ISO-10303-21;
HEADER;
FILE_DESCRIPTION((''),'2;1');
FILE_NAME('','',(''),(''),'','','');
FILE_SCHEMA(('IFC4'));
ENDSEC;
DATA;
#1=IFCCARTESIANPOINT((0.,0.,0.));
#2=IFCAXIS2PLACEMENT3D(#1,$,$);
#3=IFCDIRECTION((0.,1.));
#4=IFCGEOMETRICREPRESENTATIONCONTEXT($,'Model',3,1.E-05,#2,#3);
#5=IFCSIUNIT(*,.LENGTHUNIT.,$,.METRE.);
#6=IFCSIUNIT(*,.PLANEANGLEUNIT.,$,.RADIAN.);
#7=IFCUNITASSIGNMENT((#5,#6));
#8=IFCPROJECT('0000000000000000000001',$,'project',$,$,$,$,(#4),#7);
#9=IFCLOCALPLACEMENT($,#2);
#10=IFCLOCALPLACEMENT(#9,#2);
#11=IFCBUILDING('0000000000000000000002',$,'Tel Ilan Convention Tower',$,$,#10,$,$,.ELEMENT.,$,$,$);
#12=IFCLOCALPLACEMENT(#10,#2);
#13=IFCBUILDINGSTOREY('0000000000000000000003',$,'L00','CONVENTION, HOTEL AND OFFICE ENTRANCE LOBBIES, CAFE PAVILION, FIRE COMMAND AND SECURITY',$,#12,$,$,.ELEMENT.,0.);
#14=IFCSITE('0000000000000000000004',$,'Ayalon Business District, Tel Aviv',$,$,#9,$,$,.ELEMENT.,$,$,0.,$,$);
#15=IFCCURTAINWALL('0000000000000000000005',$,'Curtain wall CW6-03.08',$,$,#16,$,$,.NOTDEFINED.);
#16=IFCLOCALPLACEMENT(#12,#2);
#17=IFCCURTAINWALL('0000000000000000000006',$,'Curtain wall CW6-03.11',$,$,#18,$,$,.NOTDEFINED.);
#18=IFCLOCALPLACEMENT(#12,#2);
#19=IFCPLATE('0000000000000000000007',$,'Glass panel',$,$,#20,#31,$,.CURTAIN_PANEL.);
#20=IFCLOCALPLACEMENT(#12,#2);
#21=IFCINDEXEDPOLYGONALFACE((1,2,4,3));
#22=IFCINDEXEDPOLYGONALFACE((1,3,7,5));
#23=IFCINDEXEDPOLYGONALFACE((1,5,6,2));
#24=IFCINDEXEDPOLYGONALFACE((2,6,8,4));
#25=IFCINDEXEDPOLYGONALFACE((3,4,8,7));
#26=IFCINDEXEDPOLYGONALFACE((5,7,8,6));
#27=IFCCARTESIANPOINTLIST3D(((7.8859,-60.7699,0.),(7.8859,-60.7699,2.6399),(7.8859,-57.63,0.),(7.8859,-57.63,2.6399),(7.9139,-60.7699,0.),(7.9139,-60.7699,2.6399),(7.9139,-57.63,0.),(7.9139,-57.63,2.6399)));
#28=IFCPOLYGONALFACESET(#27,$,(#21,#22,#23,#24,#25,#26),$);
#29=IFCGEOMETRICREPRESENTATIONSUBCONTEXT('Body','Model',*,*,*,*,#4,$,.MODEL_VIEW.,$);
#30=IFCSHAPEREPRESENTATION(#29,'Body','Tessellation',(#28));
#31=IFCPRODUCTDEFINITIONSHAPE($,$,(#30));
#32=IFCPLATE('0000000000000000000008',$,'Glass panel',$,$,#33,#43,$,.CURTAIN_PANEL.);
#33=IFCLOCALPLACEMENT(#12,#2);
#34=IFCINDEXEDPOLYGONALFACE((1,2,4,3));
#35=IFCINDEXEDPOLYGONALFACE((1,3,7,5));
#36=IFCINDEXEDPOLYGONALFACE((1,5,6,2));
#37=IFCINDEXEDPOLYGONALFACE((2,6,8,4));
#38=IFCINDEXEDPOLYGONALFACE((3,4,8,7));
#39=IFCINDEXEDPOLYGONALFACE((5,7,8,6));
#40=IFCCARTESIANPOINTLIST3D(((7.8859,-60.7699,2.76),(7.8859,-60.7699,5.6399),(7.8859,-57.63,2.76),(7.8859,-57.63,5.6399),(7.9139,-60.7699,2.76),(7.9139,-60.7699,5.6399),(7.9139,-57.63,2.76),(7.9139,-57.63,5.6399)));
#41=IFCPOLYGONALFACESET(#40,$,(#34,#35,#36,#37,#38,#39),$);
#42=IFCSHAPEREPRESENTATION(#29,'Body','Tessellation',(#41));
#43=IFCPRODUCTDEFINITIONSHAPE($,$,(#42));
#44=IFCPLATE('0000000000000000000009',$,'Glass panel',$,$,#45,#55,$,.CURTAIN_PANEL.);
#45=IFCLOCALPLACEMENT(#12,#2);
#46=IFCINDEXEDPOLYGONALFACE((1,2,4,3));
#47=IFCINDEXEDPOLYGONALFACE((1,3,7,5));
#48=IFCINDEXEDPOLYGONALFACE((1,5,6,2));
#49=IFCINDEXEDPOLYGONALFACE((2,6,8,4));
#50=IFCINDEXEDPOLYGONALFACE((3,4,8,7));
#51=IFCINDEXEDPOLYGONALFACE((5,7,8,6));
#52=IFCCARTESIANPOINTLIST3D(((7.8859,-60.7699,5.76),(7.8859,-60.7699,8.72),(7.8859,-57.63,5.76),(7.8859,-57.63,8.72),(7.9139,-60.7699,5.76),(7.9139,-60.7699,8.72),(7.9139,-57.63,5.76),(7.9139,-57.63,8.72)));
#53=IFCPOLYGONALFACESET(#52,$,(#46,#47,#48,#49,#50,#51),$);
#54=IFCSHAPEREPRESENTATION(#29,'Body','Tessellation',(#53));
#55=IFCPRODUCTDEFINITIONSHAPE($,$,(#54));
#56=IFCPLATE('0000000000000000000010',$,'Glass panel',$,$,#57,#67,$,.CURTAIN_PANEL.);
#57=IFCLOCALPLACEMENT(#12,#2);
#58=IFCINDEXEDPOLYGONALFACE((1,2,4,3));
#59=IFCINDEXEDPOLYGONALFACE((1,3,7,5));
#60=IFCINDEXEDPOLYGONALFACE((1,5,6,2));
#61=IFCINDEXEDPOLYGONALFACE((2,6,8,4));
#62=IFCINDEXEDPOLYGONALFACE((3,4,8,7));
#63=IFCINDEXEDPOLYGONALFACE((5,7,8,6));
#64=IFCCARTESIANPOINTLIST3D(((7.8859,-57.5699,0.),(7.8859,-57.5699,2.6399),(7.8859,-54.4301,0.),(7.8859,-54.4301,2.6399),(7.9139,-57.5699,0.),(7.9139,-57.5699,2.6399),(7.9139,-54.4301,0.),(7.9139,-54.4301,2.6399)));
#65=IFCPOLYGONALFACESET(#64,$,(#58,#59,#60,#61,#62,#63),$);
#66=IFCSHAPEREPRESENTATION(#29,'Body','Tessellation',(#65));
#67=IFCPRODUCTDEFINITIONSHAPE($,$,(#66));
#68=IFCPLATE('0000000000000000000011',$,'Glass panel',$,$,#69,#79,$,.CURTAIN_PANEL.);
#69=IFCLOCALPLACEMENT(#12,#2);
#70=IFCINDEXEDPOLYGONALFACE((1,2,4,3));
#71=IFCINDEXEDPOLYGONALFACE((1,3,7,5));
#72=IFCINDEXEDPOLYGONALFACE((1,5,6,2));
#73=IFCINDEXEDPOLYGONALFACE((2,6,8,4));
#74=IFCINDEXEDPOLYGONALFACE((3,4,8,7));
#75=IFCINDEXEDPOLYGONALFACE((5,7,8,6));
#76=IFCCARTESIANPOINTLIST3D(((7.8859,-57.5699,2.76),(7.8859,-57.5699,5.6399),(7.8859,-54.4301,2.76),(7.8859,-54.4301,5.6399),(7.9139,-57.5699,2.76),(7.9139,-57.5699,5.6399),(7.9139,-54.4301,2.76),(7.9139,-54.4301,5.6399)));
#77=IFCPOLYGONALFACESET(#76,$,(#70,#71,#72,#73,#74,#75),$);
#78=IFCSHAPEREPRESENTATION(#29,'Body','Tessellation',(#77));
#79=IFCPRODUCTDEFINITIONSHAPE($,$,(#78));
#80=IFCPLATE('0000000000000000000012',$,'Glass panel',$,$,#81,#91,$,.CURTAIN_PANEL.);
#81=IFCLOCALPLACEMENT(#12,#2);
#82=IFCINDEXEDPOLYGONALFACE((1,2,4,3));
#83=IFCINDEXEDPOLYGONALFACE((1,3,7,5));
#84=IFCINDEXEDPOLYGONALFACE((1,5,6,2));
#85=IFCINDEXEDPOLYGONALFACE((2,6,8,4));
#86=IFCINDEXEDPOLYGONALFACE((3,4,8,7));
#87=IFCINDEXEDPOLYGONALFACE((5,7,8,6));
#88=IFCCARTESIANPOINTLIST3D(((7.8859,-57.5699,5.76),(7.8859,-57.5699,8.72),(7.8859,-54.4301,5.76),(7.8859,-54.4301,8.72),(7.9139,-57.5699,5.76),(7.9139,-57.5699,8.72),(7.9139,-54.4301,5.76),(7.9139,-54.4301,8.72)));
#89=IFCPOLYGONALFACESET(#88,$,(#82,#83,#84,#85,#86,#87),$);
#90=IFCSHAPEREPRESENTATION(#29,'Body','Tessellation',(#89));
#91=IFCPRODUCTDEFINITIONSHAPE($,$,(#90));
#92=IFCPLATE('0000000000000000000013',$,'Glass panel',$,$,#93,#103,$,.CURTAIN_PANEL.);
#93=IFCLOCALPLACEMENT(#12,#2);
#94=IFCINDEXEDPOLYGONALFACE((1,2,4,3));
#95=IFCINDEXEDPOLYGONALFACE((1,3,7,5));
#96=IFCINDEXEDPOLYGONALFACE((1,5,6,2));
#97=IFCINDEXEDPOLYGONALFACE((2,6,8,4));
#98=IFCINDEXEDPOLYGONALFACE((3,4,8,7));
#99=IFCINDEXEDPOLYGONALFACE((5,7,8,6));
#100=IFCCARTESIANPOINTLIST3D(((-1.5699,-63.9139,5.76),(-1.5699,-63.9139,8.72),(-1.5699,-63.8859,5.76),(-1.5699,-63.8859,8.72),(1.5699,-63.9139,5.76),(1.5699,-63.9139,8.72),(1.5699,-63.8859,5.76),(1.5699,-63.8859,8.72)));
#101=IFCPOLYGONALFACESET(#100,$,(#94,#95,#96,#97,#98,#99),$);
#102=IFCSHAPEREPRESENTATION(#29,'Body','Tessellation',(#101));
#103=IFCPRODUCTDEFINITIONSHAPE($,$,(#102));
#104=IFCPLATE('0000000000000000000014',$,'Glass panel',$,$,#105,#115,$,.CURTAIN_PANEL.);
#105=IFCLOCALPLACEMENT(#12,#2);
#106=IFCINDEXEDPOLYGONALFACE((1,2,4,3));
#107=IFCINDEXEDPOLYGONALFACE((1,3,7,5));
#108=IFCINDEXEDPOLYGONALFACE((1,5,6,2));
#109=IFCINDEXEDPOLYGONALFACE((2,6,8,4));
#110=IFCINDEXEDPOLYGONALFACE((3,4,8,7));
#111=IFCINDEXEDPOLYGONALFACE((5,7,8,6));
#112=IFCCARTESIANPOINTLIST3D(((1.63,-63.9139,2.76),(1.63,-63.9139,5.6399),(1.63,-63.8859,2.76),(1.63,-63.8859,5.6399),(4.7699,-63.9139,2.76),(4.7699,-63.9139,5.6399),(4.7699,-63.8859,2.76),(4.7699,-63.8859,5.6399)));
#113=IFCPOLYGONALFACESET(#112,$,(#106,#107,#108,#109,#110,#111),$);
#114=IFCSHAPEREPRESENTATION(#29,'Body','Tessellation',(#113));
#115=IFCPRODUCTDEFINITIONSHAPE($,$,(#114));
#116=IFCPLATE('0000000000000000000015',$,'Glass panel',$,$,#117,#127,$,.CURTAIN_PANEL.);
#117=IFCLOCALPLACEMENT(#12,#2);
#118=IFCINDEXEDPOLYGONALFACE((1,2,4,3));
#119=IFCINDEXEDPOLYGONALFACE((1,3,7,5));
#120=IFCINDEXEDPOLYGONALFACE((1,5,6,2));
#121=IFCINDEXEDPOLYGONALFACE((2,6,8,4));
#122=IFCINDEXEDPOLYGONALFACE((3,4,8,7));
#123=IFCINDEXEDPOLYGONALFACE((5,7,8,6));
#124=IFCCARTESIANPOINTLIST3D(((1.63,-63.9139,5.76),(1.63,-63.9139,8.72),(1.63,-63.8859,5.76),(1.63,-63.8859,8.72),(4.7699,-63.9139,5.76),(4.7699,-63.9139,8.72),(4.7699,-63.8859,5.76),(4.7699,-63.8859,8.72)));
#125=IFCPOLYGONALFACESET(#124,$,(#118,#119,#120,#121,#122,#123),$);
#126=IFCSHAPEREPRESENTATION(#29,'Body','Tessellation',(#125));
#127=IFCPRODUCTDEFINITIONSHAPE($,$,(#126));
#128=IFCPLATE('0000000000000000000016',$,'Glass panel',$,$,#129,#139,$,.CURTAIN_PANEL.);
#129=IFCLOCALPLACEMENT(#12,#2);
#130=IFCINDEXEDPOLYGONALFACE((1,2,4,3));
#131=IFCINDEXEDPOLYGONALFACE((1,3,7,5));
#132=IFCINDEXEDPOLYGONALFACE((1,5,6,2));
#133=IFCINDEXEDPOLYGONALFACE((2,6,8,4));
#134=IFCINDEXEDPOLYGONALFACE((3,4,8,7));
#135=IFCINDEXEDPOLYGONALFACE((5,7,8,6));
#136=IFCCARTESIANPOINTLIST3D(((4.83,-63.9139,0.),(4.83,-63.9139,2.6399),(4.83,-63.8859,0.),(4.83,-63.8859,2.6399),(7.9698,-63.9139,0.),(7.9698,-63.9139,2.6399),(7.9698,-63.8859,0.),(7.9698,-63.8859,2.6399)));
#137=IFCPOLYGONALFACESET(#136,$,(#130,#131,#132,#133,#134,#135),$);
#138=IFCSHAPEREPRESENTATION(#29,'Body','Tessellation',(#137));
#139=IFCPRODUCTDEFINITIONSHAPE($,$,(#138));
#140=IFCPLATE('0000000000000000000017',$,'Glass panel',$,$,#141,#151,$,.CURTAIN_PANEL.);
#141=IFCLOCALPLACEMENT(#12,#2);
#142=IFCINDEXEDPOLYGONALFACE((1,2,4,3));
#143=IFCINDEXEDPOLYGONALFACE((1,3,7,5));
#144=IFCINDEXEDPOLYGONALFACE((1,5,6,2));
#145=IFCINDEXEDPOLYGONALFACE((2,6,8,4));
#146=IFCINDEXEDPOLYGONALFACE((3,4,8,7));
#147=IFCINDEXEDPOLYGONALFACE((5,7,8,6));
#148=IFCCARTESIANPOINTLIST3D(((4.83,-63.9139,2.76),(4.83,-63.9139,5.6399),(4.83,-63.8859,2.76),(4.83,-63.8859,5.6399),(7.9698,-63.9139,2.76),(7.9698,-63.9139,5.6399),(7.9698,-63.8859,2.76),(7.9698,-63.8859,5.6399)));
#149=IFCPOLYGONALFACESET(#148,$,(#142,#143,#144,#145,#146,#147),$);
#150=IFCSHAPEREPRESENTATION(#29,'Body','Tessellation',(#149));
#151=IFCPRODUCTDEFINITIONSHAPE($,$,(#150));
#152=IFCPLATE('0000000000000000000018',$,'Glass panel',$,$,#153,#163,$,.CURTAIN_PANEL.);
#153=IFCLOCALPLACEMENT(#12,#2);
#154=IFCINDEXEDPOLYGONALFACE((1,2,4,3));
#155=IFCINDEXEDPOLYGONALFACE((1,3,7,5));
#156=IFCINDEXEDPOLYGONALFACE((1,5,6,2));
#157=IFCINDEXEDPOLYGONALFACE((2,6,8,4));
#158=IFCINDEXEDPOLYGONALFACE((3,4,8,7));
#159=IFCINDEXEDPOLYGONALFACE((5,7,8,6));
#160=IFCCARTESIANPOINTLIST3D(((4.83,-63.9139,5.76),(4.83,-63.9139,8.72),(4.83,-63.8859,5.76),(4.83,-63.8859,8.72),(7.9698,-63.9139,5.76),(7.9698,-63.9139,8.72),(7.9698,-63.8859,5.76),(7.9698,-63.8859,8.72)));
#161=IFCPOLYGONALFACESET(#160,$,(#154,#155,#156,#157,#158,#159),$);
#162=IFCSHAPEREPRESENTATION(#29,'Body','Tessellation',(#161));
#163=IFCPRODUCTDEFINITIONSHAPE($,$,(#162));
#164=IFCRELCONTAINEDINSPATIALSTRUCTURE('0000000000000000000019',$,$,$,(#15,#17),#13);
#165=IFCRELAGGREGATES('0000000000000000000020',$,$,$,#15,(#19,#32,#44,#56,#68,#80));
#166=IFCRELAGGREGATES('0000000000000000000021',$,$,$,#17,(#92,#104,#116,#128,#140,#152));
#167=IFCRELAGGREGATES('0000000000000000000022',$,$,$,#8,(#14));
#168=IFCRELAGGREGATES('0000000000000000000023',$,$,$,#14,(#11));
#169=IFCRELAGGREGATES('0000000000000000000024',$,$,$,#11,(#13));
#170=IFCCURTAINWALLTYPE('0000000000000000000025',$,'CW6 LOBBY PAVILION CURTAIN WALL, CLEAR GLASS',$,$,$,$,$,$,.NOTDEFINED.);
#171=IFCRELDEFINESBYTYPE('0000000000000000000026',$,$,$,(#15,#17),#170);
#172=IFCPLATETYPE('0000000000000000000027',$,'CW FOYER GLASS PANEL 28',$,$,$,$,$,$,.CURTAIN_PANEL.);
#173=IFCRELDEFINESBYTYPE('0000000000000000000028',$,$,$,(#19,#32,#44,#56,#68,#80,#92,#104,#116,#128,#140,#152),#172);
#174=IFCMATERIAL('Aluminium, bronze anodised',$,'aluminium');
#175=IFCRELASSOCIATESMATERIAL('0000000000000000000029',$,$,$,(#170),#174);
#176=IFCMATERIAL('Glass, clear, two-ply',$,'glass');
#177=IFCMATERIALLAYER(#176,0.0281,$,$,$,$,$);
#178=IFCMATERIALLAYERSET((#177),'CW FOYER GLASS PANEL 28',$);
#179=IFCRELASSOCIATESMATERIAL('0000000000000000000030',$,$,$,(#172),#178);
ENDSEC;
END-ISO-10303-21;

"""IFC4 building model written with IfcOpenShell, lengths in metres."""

from ifc_helpers import new_model, si_unit, direction, frame, origin, origin_2d, place, context, subcontext, project, spatial, rectangle, extrude, material, layer, layer_set, type_object, element, aggregate, save


model = new_model("IFC4")

# Units and contexts
model_context = context("Model", 3, precision=1e-05, world=origin(), true_north=direction((0.0, 1.0)))
body_context = subcontext(model_context, "Body", "Model", "MODEL_VIEW")
ifc_project = project(units=[si_unit("LENGTHUNIT", "METRE"), si_unit("PLANEANGLEUNIT", "RADIAN")], contexts=[model_context])

# Site, building, storey
site_placement = place(None, origin())
site = spatial("IfcSite", under=ifc_project, at=site_placement, Name="Ayalon Business District, Tel Aviv", CompositionType="ELEMENT", RefElevation=0.0)
building_placement = place(site_placement, origin())
building = spatial("IfcBuilding", under=site, at=building_placement, Name="Tel Ilan Convention Tower", CompositionType="ELEMENT")
storey_placement = place(building_placement, origin())
storey = spatial("IfcBuildingStorey", under=building, at=storey_placement, Name="L00", Description="CONVENTION, HOTEL AND OFFICE ENTRANCE LOBBIES, CAFE PAVILION, FIRE COMMAND AND SECURITY", CompositionType="ELEMENT", Elevation=0.0)

# Curtain walls
ifc_material_1 = material(Name="Aluminium, bronze anodised", Category="aluminium")
curtain_wall_type = type_object("IfcCurtainWallType", Name="CW6 LOBBY PAVILION CURTAIN WALL, CLEAR GLASS", PredefinedType="NOTDEFINED", material=ifc_material_1)
curtain_wall_1_placement = place(storey_placement, origin())
curtain_wall_1 = element("IfcCurtainWall", 1, at=curtain_wall_1_placement, inside=storey, type_object=curtain_wall_type, Name="Curtain wall CW6-03.08", PredefinedType="NOTDEFINED")
curtain_wall_2_placement = place(storey_placement, origin())
curtain_wall_2 = element("IfcCurtainWall", 2, at=curtain_wall_2_placement, inside=storey, type_object=curtain_wall_type, Name="Curtain wall CW6-03.11", PredefinedType="NOTDEFINED")

# Plates
ifc_material_2 = material(Name="Glass, clear, two-ply", Category="glass")
ifc_layer_1 = layer(ifc_material_2, 0.0281)
ifc_layer_set_1 = layer_set([ifc_layer_1], Name="CW FOYER GLASS PANEL 28")
plate_type = type_object("IfcPlateType", Name="CW FOYER GLASS PANEL 28", PredefinedType="CURTAIN_PANEL", material=ifc_layer_set_1)
plate_1_placement = place(storey_placement, frame((7.8999, -59.2, 0.0), z_axis=(0.0, 0.0, 1.0), x_axis=(0.0, 1.0, 0.0)))
plate_1 = element("IfcPlate", 3, at=plate_1_placement, type_object=plate_type, Name="Glass panel", PredefinedType="CURTAIN_PANEL", context=body_context, shape_type="SweptSolid", body=[
    extrude(rectangle(XDim=3.1399, YDim=0.0281, at=origin_2d()), origin(), (0.0, 0.0, 1.0), 2.6399),
])
plate_2_placement = place(storey_placement, frame((7.8999, -59.2, 2.76), z_axis=(0.0, 0.0, 1.0), x_axis=(0.0, 1.0, 0.0)))
plate_2 = element("IfcPlate", 4, at=plate_2_placement, type_object=plate_type, Name="Glass panel", PredefinedType="CURTAIN_PANEL", context=body_context, shape_type="SweptSolid", body=[
    extrude(rectangle(XDim=3.1399, YDim=0.0281, at=origin_2d()), origin(), (0.0, 0.0, 1.0), 2.8799),
])
plate_3_placement = place(storey_placement, frame((7.8999, -59.2, 5.76), z_axis=(0.0, 0.0, 1.0), x_axis=(0.0, 1.0, 0.0)))
plate_3 = element("IfcPlate", 5, at=plate_3_placement, type_object=plate_type, Name="Glass panel", PredefinedType="CURTAIN_PANEL", context=body_context, shape_type="SweptSolid", body=[
    extrude(rectangle(XDim=3.1399, YDim=0.0281, at=origin_2d()), origin(), (0.0, 0.0, 1.0), 2.96),
])
plate_4_placement = place(storey_placement, frame((7.8999, -56.0, 0.0), z_axis=(0.0, 0.0, 1.0), x_axis=(0.0, 1.0, 0.0)))
plate_4 = element("IfcPlate", 6, at=plate_4_placement, type_object=plate_type, Name="Glass panel", PredefinedType="CURTAIN_PANEL", context=body_context, shape_type="SweptSolid", body=[
    extrude(rectangle(XDim=3.1399, YDim=0.0281, at=origin_2d()), origin(), (0.0, 0.0, 1.0), 2.6399),
])
plate_5_placement = place(storey_placement, frame((7.8999, -56.0, 2.76), z_axis=(0.0, 0.0, 1.0), x_axis=(0.0, 1.0, 0.0)))
plate_5 = element("IfcPlate", 7, at=plate_5_placement, type_object=plate_type, Name="Glass panel", PredefinedType="CURTAIN_PANEL", context=body_context, shape_type="SweptSolid", body=[
    extrude(rectangle(XDim=3.1399, YDim=0.0281, at=origin_2d()), origin(), (0.0, 0.0, 1.0), 2.8799),
])
plate_6_placement = place(storey_placement, frame((7.8999, -56.0, 5.76), z_axis=(0.0, 0.0, 1.0), x_axis=(0.0, 1.0, 0.0)))
plate_6 = element("IfcPlate", 8, at=plate_6_placement, type_object=plate_type, Name="Glass panel", PredefinedType="CURTAIN_PANEL", context=body_context, shape_type="SweptSolid", body=[
    extrude(rectangle(XDim=3.1399, YDim=0.0281, at=origin_2d()), origin(), (0.0, 0.0, 1.0), 2.96),
])
aggregate(curtain_wall_1, [plate_1, plate_2, plate_3, plate_4, plate_5, plate_6])
plate_7_placement = place(storey_placement, frame((0.0, -63.8999, 5.76), z_axis=(0.0, 0.0, 1.0), x_axis=(1.0, 0.0, 0.0)))
plate_7 = element("IfcPlate", 9, at=plate_7_placement, type_object=plate_type, Name="Glass panel", PredefinedType="CURTAIN_PANEL", context=body_context, shape_type="SweptSolid", body=[
    extrude(rectangle(XDim=3.1399, YDim=0.0281, at=origin_2d()), origin(), (0.0, 0.0, 1.0), 2.96),
])
plate_8_placement = place(storey_placement, frame((3.2, -63.8999, 2.76), z_axis=(0.0, 0.0, 1.0), x_axis=(1.0, 0.0, 0.0)))
plate_8 = element("IfcPlate", 10, at=plate_8_placement, type_object=plate_type, Name="Glass panel", PredefinedType="CURTAIN_PANEL", context=body_context, shape_type="SweptSolid", body=[
    extrude(rectangle(XDim=3.1399, YDim=0.0281, at=origin_2d()), origin(), (0.0, 0.0, 1.0), 2.8799),
])
plate_9_placement = place(storey_placement, frame((3.2, -63.8999, 5.76), z_axis=(0.0, 0.0, 1.0), x_axis=(1.0, 0.0, 0.0)))
plate_9 = element("IfcPlate", 11, at=plate_9_placement, type_object=plate_type, Name="Glass panel", PredefinedType="CURTAIN_PANEL", context=body_context, shape_type="SweptSolid", body=[
    extrude(rectangle(XDim=3.1399, YDim=0.0281, at=origin_2d()), origin(), (0.0, 0.0, 1.0), 2.96),
])
plate_10_placement = place(storey_placement, frame((6.3999, -63.8999, 0.0), z_axis=(0.0, 0.0, 1.0), x_axis=(1.0, 0.0, 0.0)))
plate_10 = element("IfcPlate", 12, at=plate_10_placement, type_object=plate_type, Name="Glass panel", PredefinedType="CURTAIN_PANEL", context=body_context, shape_type="SweptSolid", body=[
    extrude(rectangle(XDim=3.1399, YDim=0.0281, at=origin_2d()), origin(), (0.0, 0.0, 1.0), 2.6399),
])
plate_11_placement = place(storey_placement, frame((6.3999, -63.8999, 2.76), z_axis=(0.0, 0.0, 1.0), x_axis=(1.0, 0.0, 0.0)))
plate_11 = element("IfcPlate", 13, at=plate_11_placement, type_object=plate_type, Name="Glass panel", PredefinedType="CURTAIN_PANEL", context=body_context, shape_type="SweptSolid", body=[
    extrude(rectangle(XDim=3.1399, YDim=0.0281, at=origin_2d()), origin(), (0.0, 0.0, 1.0), 2.8799),
])
plate_12_placement = place(storey_placement, frame((6.3999, -63.8999, 5.76), z_axis=(0.0, 0.0, 1.0), x_axis=(1.0, 0.0, 0.0)))
plate_12 = element("IfcPlate", 14, at=plate_12_placement, type_object=plate_type, Name="Glass panel", PredefinedType="CURTAIN_PANEL", context=body_context, shape_type="SweptSolid", body=[
    extrude(rectangle(XDim=3.1399, YDim=0.0281, at=origin_2d()), origin(), (0.0, 0.0, 1.0), 2.96),
])
aggregate(curtain_wall_2, [plate_7, plate_8, plate_9, plate_10, plate_11, plate_12])

save(model, "model.ifc")
